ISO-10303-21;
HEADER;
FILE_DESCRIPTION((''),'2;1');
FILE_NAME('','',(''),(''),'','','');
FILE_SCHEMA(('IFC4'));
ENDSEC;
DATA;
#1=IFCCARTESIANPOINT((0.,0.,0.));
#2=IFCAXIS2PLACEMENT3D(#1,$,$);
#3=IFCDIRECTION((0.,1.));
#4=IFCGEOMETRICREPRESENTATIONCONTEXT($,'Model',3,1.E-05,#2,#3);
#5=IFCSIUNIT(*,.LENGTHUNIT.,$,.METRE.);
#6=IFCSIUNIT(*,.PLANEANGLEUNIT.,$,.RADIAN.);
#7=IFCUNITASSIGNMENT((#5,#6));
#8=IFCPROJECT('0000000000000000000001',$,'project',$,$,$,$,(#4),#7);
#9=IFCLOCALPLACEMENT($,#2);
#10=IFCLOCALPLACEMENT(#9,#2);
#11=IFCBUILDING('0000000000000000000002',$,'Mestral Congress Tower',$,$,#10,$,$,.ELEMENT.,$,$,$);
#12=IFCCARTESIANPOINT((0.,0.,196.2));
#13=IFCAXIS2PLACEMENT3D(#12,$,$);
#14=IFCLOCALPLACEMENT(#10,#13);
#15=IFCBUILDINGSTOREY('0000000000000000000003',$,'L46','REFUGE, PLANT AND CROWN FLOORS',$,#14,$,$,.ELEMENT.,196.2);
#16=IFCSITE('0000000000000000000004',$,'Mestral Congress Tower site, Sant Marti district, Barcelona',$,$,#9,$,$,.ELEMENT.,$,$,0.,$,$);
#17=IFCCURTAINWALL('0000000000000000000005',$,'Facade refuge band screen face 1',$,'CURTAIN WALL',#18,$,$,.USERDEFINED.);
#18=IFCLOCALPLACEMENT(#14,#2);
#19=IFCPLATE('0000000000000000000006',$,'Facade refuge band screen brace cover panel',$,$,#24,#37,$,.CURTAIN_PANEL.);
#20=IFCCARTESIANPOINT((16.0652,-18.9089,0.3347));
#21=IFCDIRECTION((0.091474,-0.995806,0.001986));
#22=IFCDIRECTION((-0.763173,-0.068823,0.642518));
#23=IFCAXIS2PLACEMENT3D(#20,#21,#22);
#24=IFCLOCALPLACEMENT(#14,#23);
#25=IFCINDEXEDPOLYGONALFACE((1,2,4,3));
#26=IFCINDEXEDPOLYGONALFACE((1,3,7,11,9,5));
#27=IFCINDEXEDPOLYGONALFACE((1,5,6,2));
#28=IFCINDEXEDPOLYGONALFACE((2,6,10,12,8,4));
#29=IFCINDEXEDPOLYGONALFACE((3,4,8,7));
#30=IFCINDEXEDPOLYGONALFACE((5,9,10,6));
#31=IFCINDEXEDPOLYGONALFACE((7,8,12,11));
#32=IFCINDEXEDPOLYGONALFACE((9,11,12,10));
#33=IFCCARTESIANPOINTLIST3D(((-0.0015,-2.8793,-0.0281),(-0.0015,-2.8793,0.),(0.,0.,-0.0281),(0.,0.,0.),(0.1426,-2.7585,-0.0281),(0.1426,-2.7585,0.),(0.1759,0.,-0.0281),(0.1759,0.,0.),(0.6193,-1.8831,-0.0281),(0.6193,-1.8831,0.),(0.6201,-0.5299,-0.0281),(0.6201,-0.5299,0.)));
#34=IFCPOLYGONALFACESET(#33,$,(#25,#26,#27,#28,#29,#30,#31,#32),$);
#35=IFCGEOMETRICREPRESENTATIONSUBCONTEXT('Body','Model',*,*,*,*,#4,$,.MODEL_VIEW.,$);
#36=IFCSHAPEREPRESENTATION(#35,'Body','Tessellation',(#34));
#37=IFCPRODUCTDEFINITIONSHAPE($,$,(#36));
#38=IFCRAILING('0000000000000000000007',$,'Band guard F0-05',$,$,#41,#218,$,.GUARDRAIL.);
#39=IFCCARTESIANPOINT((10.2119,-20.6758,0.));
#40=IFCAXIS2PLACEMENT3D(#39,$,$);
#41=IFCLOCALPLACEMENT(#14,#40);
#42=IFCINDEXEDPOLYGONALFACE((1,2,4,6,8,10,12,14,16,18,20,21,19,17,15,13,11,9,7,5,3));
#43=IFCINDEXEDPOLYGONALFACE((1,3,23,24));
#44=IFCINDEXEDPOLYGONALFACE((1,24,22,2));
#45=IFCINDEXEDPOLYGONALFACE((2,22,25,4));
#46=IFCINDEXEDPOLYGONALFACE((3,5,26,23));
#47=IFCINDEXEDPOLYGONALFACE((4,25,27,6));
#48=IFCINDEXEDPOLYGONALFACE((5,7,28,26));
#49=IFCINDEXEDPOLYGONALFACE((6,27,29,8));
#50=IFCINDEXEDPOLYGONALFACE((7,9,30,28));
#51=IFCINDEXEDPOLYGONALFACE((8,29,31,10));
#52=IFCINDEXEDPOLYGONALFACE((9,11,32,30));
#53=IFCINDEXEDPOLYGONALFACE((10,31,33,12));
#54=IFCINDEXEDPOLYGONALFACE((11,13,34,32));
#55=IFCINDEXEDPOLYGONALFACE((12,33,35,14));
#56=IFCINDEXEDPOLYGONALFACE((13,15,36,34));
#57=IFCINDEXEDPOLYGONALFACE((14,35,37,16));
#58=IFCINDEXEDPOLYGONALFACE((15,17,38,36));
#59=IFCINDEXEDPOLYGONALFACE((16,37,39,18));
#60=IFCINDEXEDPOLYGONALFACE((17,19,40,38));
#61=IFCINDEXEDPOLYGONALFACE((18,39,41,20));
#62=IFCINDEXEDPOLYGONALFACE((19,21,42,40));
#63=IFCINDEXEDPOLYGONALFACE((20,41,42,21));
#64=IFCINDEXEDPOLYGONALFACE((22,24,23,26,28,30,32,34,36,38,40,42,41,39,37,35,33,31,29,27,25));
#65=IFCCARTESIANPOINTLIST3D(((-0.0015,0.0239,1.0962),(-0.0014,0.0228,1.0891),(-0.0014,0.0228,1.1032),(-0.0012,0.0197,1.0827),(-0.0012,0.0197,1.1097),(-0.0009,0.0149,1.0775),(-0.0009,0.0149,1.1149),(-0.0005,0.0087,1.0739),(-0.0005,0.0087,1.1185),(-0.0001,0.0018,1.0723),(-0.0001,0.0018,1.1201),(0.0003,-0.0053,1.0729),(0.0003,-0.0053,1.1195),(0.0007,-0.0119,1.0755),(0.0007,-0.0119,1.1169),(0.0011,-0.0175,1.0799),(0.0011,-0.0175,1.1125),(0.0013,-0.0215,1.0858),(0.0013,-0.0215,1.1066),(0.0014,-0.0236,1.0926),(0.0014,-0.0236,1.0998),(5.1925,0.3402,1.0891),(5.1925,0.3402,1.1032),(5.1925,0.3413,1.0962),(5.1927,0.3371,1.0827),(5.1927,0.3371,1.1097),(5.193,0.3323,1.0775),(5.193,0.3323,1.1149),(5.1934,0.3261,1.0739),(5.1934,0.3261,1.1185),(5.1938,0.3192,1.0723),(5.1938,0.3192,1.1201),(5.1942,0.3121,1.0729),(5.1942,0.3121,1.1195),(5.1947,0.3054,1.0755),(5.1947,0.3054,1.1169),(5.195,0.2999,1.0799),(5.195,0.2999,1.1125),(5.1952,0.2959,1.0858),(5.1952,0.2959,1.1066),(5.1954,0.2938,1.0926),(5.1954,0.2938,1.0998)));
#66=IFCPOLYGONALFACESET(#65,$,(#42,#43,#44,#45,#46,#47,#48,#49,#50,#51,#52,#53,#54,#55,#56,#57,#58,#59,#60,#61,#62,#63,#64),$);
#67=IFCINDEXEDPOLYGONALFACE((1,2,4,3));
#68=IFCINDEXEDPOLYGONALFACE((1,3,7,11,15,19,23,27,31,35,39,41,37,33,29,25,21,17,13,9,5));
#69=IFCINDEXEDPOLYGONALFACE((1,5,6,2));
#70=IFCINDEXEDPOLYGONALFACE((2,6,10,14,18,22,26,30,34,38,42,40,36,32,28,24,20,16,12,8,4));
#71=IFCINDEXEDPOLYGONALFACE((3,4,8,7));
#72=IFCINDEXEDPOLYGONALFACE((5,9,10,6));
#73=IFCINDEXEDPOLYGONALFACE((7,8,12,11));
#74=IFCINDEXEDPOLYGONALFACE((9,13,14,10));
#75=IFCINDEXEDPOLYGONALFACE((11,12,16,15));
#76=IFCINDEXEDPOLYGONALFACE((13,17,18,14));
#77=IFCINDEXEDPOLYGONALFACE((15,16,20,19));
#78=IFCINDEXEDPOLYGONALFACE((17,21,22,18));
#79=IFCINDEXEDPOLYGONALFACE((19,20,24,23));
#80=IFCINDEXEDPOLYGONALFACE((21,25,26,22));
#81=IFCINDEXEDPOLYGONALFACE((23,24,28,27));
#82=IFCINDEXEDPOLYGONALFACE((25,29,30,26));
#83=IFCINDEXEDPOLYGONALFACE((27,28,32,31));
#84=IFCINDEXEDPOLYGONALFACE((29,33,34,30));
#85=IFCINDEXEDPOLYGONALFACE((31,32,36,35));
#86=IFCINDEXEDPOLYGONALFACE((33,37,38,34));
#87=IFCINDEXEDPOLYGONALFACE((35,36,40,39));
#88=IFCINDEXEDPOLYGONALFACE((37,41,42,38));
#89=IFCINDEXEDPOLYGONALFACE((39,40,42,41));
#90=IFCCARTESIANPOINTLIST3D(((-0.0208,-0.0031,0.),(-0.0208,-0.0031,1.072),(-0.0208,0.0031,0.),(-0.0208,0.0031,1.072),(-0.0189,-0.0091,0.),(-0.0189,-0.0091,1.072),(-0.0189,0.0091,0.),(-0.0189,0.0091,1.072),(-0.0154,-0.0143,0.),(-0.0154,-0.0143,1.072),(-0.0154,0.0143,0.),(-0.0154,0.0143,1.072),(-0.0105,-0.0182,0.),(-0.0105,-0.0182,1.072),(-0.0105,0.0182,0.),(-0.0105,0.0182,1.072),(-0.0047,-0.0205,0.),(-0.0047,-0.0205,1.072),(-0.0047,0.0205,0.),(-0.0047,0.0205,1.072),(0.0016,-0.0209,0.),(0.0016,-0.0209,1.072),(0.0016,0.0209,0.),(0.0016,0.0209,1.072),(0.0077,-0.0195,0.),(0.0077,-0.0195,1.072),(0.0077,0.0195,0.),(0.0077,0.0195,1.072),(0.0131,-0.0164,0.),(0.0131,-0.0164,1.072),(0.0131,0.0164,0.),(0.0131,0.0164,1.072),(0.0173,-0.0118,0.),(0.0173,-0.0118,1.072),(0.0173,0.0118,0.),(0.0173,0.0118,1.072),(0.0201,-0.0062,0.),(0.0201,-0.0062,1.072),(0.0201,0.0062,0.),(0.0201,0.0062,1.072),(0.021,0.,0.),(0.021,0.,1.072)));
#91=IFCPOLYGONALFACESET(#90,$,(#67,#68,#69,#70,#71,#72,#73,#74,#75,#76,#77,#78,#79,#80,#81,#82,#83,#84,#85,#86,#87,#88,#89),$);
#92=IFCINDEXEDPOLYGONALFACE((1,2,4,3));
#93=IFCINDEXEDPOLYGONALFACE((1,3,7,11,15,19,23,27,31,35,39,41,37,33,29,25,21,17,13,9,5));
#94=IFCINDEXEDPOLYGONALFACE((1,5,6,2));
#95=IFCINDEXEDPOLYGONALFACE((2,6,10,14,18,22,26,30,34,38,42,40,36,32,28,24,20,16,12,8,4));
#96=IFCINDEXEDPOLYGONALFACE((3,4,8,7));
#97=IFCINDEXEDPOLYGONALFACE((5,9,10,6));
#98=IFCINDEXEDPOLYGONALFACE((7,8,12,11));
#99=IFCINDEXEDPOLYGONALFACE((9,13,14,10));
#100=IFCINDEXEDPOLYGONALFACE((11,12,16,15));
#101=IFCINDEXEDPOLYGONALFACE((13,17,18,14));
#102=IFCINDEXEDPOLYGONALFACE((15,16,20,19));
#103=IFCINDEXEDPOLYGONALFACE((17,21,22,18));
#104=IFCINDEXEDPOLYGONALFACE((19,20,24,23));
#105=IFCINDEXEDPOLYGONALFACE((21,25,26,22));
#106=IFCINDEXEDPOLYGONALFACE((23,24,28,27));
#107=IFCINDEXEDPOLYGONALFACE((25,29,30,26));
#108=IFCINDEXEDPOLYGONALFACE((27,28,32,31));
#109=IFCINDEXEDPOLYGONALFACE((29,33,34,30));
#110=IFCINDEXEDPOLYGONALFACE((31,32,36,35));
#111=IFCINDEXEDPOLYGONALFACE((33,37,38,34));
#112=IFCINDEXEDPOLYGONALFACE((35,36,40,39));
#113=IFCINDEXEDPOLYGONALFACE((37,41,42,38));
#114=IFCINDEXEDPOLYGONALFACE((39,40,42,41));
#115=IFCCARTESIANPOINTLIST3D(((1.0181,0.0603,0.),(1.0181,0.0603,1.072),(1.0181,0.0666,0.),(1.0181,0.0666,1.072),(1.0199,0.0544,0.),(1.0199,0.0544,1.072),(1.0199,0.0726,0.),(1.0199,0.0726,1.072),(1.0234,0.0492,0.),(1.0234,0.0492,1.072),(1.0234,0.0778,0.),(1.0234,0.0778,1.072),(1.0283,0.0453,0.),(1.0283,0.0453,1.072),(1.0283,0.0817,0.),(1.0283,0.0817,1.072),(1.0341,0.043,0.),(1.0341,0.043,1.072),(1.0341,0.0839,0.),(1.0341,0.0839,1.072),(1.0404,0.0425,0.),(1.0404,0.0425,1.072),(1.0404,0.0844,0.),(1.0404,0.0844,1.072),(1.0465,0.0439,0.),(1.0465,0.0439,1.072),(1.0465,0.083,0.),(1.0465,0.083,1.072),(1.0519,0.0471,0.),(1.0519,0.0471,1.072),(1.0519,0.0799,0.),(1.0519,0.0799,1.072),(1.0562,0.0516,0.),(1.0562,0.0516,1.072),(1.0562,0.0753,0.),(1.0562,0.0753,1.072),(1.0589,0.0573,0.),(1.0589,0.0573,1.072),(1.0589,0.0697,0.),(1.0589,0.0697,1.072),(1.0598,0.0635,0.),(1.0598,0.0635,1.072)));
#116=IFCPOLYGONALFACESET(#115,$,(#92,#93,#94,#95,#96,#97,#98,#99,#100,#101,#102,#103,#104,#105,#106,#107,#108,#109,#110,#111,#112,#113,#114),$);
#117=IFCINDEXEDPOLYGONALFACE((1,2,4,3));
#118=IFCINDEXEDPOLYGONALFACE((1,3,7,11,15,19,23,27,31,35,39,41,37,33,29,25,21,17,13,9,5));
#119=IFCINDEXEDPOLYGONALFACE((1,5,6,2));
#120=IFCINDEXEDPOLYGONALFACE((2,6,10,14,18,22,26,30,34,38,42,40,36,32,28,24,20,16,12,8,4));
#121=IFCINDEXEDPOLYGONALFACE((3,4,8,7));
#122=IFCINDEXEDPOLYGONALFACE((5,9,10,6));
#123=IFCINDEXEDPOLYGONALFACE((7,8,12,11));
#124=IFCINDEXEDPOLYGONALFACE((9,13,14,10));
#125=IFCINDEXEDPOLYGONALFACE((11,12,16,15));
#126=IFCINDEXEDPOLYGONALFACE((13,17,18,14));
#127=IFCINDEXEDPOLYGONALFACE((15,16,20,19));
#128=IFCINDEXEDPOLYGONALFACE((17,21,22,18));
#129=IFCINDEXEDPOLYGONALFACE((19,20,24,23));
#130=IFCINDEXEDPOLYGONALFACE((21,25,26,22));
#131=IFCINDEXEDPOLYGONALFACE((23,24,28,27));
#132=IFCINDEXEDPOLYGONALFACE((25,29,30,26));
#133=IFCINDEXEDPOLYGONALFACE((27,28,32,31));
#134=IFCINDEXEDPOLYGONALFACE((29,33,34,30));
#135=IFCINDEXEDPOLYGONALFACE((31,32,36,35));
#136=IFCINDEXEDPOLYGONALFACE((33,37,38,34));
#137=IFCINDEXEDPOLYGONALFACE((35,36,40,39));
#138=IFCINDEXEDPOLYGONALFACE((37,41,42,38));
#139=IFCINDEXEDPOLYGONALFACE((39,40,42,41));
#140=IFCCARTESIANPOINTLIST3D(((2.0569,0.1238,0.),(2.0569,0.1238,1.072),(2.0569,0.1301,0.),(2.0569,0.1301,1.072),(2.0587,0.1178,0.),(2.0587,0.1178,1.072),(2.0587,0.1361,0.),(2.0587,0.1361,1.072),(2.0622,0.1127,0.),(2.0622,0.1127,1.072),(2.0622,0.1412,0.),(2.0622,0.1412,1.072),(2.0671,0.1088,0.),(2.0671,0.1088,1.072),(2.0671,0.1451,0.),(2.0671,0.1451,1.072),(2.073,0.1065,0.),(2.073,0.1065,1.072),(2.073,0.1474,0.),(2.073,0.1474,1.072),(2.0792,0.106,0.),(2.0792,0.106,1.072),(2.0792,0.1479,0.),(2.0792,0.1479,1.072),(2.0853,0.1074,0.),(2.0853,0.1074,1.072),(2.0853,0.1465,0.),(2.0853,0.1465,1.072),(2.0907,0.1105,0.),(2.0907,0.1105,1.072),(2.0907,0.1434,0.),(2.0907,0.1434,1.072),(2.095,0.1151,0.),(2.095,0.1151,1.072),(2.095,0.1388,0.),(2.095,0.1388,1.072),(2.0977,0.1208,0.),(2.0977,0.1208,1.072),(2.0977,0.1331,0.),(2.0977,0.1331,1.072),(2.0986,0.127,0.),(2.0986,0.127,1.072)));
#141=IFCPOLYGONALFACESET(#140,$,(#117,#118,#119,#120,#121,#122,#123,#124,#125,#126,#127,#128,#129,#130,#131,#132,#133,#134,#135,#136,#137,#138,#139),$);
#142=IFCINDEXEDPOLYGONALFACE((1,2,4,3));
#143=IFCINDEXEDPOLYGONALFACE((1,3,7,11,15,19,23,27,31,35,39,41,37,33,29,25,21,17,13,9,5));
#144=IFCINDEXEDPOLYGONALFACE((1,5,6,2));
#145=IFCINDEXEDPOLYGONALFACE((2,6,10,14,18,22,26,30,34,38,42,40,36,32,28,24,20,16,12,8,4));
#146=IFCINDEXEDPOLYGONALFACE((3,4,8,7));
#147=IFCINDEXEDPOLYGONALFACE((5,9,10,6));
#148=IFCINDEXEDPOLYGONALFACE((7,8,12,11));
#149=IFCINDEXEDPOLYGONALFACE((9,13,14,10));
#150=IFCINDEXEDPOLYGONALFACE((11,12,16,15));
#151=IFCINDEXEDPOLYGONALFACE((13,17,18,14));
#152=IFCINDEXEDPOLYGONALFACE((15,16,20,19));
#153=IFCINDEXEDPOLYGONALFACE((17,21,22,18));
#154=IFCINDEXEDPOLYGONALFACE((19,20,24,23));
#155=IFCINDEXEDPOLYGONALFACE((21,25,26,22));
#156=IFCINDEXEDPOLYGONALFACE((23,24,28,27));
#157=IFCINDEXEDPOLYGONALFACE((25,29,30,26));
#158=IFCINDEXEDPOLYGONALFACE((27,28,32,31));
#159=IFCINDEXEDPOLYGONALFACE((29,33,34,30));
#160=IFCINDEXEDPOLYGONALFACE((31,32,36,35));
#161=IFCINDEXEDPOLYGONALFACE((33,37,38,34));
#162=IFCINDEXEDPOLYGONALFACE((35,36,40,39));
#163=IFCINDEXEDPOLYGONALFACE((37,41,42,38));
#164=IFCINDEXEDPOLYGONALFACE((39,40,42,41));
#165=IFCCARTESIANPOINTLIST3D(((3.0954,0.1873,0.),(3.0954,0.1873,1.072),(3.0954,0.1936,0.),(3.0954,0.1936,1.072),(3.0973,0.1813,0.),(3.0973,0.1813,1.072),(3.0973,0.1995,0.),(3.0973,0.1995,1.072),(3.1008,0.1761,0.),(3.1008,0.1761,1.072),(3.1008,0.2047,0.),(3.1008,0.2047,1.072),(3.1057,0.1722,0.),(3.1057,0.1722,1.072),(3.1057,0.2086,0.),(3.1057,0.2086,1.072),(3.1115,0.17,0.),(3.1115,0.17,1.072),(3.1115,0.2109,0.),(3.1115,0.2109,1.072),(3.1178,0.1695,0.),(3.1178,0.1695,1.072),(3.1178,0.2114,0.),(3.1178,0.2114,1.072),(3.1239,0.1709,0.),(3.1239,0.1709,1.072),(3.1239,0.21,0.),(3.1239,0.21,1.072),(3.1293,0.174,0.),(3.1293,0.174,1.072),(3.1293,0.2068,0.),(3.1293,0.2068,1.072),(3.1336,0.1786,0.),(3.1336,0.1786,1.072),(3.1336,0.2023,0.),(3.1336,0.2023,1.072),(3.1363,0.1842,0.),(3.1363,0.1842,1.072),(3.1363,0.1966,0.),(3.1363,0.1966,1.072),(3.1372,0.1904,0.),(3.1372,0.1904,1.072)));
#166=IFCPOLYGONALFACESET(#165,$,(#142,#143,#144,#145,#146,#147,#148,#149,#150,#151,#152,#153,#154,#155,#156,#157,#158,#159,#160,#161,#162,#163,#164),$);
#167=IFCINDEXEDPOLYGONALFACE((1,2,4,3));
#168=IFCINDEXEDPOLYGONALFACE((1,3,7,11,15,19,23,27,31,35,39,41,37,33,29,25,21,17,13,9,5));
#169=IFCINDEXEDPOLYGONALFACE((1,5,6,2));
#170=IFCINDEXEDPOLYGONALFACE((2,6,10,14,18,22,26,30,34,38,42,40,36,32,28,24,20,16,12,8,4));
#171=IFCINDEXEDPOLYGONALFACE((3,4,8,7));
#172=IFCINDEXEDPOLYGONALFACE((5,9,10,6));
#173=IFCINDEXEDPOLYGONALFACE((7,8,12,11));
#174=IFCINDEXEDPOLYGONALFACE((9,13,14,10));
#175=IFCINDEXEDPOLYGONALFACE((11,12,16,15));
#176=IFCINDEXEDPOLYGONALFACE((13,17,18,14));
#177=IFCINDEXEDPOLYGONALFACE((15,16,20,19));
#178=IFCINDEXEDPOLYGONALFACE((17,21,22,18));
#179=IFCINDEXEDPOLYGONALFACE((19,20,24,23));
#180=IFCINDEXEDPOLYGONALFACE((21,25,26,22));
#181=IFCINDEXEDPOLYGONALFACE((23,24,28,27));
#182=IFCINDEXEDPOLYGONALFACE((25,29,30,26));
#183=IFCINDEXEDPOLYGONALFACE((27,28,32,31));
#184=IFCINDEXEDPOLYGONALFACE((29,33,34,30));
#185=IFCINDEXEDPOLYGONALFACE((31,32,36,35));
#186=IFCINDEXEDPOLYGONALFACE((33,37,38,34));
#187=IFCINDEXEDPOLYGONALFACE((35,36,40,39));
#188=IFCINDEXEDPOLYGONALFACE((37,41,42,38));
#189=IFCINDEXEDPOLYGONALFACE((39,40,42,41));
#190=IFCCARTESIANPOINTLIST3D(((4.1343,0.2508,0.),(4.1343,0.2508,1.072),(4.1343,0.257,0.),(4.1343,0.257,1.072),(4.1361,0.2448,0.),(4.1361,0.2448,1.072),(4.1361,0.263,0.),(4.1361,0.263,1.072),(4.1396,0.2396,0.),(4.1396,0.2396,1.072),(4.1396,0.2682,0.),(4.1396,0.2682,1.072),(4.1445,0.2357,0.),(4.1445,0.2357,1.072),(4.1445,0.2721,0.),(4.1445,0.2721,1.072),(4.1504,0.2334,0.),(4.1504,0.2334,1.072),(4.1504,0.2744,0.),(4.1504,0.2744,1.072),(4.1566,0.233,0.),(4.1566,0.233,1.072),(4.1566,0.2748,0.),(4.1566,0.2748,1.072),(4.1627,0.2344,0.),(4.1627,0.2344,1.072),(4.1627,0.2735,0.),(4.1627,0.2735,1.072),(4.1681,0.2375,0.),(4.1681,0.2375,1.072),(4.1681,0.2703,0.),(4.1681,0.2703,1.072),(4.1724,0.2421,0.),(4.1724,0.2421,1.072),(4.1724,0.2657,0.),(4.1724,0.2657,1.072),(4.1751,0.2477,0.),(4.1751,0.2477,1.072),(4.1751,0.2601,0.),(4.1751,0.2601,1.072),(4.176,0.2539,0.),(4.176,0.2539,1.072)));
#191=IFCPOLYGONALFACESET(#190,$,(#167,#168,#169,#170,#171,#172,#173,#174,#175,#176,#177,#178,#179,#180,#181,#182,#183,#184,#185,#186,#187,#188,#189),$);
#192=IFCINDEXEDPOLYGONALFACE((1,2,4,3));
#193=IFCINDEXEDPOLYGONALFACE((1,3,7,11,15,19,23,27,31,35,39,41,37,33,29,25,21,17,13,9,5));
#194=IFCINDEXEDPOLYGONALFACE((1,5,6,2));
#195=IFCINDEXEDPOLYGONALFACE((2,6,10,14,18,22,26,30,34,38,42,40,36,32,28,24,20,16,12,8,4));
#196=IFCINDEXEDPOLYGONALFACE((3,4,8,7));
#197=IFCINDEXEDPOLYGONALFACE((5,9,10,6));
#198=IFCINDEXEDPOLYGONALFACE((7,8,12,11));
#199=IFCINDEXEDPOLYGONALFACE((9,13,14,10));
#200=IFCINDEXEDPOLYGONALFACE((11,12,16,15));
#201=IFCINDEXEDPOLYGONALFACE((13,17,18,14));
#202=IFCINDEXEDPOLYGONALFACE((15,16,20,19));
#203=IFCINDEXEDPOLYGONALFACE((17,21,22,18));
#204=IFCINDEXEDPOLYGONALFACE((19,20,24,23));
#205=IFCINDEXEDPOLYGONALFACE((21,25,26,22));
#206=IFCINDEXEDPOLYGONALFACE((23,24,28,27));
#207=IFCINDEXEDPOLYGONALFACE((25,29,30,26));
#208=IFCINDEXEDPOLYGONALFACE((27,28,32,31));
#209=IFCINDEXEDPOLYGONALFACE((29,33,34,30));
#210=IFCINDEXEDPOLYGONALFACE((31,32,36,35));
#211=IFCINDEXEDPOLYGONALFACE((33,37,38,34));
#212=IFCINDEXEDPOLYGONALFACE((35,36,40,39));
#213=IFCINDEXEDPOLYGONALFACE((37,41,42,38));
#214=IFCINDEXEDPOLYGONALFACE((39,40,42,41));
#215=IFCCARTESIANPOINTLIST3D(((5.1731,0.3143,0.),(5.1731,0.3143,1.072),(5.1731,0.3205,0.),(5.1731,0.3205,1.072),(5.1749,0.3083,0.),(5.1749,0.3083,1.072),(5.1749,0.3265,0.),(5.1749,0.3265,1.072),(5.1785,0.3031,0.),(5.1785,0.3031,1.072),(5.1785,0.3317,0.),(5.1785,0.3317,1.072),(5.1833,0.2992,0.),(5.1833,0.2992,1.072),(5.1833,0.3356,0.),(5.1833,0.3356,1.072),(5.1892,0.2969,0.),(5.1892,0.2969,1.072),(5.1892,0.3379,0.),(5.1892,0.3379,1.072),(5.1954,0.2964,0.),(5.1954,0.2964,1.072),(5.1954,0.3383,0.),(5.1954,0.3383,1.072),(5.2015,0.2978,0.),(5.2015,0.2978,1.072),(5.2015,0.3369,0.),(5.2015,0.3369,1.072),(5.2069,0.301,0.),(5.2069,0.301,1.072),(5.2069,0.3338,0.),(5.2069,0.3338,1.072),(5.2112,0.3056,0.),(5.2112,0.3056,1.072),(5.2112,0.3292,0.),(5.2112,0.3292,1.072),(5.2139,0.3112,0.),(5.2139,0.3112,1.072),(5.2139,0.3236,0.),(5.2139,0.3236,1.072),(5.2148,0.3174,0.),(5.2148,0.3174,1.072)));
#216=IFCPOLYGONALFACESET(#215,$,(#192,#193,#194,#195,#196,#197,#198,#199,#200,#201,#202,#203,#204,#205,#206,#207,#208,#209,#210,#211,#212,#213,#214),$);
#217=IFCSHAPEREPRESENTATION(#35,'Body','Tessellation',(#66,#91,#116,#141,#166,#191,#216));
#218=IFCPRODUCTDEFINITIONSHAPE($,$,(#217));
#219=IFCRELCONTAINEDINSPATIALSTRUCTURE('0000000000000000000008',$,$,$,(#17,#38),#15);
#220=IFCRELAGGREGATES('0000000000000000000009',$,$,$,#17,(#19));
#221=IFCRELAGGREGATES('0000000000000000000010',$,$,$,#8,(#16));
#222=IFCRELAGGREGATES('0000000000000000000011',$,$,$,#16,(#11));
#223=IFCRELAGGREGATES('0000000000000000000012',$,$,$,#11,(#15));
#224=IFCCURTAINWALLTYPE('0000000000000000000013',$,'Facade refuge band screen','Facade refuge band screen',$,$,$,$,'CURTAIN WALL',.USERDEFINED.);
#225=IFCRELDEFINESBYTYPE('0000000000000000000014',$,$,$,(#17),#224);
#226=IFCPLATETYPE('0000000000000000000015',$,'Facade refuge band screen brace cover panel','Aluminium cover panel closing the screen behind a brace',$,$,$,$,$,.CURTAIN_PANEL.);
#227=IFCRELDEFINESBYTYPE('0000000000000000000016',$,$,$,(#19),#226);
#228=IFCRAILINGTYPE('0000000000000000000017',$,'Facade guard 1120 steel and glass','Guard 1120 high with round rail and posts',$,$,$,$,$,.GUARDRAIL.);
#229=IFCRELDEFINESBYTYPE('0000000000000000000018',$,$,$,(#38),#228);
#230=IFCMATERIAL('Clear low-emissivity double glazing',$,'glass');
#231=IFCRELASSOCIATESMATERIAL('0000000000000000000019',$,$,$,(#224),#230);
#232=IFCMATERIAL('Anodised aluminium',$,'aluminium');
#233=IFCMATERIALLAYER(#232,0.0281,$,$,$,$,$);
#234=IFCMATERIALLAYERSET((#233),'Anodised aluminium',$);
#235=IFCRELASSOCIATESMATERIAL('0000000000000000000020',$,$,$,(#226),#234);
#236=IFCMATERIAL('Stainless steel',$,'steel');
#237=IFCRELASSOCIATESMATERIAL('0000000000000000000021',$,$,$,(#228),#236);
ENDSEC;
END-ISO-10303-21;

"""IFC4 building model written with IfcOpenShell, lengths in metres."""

from ifc_helpers import new_model, si_unit, direction, frame, origin, origin_2d, place, context, subcontext, project, spatial, polyline, circle, outline, extrude, material, layer, layer_set, type_object, element, aggregate, save


model = new_model("IFC4")

# Units and contexts
model_context = context("Model", 3, precision=1e-05, world=origin(), true_north=direction((0.0, 1.0)))
body_context = subcontext(model_context, "Body", "Model", "MODEL_VIEW")
ifc_project = project(units=[si_unit("LENGTHUNIT", "METRE"), si_unit("PLANEANGLEUNIT", "RADIAN")], contexts=[model_context])

# Site, building, storey
site_placement = place(None, origin())
site = spatial("IfcSite", under=ifc_project, at=site_placement, Name="Mestral Congress Tower site, Sant Marti district, Barcelona", CompositionType="ELEMENT", RefElevation=0.0)
building_placement = place(site_placement, origin())
building = spatial("IfcBuilding", under=site, at=building_placement, Name="Mestral Congress Tower", CompositionType="ELEMENT")
storey_placement = place(building_placement, frame((0.0, 0.0, 196.2)))
storey = spatial("IfcBuildingStorey", under=building, at=storey_placement, Name="L46", Description="REFUGE, PLANT AND CROWN FLOORS", CompositionType="ELEMENT", Elevation=196.2)

# Curtain wall
ifc_material_1 = material(Name="Clear low-emissivity double glazing", Category="glass")
curtain_wall_type = type_object("IfcCurtainWallType", Name="Facade refuge band screen", Description="Facade refuge band screen", ElementType="CURTAIN WALL", PredefinedType="USERDEFINED", material=ifc_material_1)
curtain_wall_placement = place(storey_placement, origin())
curtain_wall = element("IfcCurtainWall", 1, at=curtain_wall_placement, inside=storey, type_object=curtain_wall_type, Name="Facade refuge band screen face 1", ObjectType="CURTAIN WALL", PredefinedType="USERDEFINED")
ifc_material_2 = material(Name="Anodised aluminium", Category="aluminium")

# Plate
ifc_layer_1 = layer(ifc_material_2, 0.0281)
ifc_layer_set_1 = layer_set([ifc_layer_1], Name="Anodised aluminium")
plate_type_1 = type_object("IfcPlateType", Name="Facade refuge band screen brace cover panel", Description="Aluminium cover panel closing the screen behind a brace", PredefinedType="CURTAIN_PANEL", material=ifc_layer_set_1)
plate_1_placement = place(storey_placement, frame((16.0652, -18.9089, 0.3347), z_axis=(0.091474, -0.995806, 0.001986), x_axis=(-0.763173, -0.068823, 0.642518)))
plate_1 = element("IfcPlate", 2, at=plate_1_placement, type_object=plate_type_1, Name="Facade refuge band screen brace cover panel", PredefinedType="CURTAIN_PANEL", context=body_context, shape_type="SweptSolid", body=[
    extrude(outline(polyline([(0.0, 0.0), (0.1759, 0.0), (0.6201, -0.5299), (0.6193, -1.8831), (0.1426, -2.7585), (-0.0015, -2.8793), (0.0, 0.0)])), origin(), (0.0, 0.0, -1.0), 0.0281),
])

# Railing
ifc_material_3 = material(Name="Stainless steel", Category="steel")
railing_type = type_object("IfcRailingType", Name="Facade guard 1120 steel and glass", Description="Guard 1120 high with round rail and posts", PredefinedType="GUARDRAIL", material=ifc_material_3)
railing_1_placement = place(storey_placement, frame((10.2119, -20.6758, 0.0)))
element("IfcRailing", 3, at=railing_1_placement, inside=storey, type_object=railing_type, Name="Band guard F0-05", PredefinedType="GUARDRAIL", context=body_context, shape_type="SweptSolid", body=[
    extrude(circle(Radius=0.0239, at=origin_2d()), frame((0.0, 0.0, 1.0962), z_axis=(0.998138, 0.060994, 0.0), x_axis=(-0.060994, 0.998138, 0.0)), (0.0, 0.0, 1.0), 5.2036),
    extrude(circle(Radius=0.021, at=origin_2d()), origin(), (0.0, 0.0, 1.0), 1.072),
    extrude(circle(Radius=0.021, at=origin_2d()), frame((1.0388, 0.0635, 0.0)), (0.0, 0.0, 1.0), 1.072),
    extrude(circle(Radius=0.021, at=origin_2d()), frame((2.0776, 0.127, 0.0)), (0.0, 0.0, 1.0), 1.072),
    extrude(circle(Radius=0.021, at=origin_2d()), frame((3.1162, 0.1904, 0.0)), (0.0, 0.0, 1.0), 1.072),
    extrude(circle(Radius=0.021, at=origin_2d()), frame((4.155, 0.2539, 0.0)), (0.0, 0.0, 1.0), 1.072),
    extrude(circle(Radius=0.021, at=origin_2d()), frame((5.1938, 0.3174, 0.0)), (0.0, 0.0, 1.0), 1.072),
])

aggregate(curtain_wall, [plate_1])

save(model, "model.ifc")
